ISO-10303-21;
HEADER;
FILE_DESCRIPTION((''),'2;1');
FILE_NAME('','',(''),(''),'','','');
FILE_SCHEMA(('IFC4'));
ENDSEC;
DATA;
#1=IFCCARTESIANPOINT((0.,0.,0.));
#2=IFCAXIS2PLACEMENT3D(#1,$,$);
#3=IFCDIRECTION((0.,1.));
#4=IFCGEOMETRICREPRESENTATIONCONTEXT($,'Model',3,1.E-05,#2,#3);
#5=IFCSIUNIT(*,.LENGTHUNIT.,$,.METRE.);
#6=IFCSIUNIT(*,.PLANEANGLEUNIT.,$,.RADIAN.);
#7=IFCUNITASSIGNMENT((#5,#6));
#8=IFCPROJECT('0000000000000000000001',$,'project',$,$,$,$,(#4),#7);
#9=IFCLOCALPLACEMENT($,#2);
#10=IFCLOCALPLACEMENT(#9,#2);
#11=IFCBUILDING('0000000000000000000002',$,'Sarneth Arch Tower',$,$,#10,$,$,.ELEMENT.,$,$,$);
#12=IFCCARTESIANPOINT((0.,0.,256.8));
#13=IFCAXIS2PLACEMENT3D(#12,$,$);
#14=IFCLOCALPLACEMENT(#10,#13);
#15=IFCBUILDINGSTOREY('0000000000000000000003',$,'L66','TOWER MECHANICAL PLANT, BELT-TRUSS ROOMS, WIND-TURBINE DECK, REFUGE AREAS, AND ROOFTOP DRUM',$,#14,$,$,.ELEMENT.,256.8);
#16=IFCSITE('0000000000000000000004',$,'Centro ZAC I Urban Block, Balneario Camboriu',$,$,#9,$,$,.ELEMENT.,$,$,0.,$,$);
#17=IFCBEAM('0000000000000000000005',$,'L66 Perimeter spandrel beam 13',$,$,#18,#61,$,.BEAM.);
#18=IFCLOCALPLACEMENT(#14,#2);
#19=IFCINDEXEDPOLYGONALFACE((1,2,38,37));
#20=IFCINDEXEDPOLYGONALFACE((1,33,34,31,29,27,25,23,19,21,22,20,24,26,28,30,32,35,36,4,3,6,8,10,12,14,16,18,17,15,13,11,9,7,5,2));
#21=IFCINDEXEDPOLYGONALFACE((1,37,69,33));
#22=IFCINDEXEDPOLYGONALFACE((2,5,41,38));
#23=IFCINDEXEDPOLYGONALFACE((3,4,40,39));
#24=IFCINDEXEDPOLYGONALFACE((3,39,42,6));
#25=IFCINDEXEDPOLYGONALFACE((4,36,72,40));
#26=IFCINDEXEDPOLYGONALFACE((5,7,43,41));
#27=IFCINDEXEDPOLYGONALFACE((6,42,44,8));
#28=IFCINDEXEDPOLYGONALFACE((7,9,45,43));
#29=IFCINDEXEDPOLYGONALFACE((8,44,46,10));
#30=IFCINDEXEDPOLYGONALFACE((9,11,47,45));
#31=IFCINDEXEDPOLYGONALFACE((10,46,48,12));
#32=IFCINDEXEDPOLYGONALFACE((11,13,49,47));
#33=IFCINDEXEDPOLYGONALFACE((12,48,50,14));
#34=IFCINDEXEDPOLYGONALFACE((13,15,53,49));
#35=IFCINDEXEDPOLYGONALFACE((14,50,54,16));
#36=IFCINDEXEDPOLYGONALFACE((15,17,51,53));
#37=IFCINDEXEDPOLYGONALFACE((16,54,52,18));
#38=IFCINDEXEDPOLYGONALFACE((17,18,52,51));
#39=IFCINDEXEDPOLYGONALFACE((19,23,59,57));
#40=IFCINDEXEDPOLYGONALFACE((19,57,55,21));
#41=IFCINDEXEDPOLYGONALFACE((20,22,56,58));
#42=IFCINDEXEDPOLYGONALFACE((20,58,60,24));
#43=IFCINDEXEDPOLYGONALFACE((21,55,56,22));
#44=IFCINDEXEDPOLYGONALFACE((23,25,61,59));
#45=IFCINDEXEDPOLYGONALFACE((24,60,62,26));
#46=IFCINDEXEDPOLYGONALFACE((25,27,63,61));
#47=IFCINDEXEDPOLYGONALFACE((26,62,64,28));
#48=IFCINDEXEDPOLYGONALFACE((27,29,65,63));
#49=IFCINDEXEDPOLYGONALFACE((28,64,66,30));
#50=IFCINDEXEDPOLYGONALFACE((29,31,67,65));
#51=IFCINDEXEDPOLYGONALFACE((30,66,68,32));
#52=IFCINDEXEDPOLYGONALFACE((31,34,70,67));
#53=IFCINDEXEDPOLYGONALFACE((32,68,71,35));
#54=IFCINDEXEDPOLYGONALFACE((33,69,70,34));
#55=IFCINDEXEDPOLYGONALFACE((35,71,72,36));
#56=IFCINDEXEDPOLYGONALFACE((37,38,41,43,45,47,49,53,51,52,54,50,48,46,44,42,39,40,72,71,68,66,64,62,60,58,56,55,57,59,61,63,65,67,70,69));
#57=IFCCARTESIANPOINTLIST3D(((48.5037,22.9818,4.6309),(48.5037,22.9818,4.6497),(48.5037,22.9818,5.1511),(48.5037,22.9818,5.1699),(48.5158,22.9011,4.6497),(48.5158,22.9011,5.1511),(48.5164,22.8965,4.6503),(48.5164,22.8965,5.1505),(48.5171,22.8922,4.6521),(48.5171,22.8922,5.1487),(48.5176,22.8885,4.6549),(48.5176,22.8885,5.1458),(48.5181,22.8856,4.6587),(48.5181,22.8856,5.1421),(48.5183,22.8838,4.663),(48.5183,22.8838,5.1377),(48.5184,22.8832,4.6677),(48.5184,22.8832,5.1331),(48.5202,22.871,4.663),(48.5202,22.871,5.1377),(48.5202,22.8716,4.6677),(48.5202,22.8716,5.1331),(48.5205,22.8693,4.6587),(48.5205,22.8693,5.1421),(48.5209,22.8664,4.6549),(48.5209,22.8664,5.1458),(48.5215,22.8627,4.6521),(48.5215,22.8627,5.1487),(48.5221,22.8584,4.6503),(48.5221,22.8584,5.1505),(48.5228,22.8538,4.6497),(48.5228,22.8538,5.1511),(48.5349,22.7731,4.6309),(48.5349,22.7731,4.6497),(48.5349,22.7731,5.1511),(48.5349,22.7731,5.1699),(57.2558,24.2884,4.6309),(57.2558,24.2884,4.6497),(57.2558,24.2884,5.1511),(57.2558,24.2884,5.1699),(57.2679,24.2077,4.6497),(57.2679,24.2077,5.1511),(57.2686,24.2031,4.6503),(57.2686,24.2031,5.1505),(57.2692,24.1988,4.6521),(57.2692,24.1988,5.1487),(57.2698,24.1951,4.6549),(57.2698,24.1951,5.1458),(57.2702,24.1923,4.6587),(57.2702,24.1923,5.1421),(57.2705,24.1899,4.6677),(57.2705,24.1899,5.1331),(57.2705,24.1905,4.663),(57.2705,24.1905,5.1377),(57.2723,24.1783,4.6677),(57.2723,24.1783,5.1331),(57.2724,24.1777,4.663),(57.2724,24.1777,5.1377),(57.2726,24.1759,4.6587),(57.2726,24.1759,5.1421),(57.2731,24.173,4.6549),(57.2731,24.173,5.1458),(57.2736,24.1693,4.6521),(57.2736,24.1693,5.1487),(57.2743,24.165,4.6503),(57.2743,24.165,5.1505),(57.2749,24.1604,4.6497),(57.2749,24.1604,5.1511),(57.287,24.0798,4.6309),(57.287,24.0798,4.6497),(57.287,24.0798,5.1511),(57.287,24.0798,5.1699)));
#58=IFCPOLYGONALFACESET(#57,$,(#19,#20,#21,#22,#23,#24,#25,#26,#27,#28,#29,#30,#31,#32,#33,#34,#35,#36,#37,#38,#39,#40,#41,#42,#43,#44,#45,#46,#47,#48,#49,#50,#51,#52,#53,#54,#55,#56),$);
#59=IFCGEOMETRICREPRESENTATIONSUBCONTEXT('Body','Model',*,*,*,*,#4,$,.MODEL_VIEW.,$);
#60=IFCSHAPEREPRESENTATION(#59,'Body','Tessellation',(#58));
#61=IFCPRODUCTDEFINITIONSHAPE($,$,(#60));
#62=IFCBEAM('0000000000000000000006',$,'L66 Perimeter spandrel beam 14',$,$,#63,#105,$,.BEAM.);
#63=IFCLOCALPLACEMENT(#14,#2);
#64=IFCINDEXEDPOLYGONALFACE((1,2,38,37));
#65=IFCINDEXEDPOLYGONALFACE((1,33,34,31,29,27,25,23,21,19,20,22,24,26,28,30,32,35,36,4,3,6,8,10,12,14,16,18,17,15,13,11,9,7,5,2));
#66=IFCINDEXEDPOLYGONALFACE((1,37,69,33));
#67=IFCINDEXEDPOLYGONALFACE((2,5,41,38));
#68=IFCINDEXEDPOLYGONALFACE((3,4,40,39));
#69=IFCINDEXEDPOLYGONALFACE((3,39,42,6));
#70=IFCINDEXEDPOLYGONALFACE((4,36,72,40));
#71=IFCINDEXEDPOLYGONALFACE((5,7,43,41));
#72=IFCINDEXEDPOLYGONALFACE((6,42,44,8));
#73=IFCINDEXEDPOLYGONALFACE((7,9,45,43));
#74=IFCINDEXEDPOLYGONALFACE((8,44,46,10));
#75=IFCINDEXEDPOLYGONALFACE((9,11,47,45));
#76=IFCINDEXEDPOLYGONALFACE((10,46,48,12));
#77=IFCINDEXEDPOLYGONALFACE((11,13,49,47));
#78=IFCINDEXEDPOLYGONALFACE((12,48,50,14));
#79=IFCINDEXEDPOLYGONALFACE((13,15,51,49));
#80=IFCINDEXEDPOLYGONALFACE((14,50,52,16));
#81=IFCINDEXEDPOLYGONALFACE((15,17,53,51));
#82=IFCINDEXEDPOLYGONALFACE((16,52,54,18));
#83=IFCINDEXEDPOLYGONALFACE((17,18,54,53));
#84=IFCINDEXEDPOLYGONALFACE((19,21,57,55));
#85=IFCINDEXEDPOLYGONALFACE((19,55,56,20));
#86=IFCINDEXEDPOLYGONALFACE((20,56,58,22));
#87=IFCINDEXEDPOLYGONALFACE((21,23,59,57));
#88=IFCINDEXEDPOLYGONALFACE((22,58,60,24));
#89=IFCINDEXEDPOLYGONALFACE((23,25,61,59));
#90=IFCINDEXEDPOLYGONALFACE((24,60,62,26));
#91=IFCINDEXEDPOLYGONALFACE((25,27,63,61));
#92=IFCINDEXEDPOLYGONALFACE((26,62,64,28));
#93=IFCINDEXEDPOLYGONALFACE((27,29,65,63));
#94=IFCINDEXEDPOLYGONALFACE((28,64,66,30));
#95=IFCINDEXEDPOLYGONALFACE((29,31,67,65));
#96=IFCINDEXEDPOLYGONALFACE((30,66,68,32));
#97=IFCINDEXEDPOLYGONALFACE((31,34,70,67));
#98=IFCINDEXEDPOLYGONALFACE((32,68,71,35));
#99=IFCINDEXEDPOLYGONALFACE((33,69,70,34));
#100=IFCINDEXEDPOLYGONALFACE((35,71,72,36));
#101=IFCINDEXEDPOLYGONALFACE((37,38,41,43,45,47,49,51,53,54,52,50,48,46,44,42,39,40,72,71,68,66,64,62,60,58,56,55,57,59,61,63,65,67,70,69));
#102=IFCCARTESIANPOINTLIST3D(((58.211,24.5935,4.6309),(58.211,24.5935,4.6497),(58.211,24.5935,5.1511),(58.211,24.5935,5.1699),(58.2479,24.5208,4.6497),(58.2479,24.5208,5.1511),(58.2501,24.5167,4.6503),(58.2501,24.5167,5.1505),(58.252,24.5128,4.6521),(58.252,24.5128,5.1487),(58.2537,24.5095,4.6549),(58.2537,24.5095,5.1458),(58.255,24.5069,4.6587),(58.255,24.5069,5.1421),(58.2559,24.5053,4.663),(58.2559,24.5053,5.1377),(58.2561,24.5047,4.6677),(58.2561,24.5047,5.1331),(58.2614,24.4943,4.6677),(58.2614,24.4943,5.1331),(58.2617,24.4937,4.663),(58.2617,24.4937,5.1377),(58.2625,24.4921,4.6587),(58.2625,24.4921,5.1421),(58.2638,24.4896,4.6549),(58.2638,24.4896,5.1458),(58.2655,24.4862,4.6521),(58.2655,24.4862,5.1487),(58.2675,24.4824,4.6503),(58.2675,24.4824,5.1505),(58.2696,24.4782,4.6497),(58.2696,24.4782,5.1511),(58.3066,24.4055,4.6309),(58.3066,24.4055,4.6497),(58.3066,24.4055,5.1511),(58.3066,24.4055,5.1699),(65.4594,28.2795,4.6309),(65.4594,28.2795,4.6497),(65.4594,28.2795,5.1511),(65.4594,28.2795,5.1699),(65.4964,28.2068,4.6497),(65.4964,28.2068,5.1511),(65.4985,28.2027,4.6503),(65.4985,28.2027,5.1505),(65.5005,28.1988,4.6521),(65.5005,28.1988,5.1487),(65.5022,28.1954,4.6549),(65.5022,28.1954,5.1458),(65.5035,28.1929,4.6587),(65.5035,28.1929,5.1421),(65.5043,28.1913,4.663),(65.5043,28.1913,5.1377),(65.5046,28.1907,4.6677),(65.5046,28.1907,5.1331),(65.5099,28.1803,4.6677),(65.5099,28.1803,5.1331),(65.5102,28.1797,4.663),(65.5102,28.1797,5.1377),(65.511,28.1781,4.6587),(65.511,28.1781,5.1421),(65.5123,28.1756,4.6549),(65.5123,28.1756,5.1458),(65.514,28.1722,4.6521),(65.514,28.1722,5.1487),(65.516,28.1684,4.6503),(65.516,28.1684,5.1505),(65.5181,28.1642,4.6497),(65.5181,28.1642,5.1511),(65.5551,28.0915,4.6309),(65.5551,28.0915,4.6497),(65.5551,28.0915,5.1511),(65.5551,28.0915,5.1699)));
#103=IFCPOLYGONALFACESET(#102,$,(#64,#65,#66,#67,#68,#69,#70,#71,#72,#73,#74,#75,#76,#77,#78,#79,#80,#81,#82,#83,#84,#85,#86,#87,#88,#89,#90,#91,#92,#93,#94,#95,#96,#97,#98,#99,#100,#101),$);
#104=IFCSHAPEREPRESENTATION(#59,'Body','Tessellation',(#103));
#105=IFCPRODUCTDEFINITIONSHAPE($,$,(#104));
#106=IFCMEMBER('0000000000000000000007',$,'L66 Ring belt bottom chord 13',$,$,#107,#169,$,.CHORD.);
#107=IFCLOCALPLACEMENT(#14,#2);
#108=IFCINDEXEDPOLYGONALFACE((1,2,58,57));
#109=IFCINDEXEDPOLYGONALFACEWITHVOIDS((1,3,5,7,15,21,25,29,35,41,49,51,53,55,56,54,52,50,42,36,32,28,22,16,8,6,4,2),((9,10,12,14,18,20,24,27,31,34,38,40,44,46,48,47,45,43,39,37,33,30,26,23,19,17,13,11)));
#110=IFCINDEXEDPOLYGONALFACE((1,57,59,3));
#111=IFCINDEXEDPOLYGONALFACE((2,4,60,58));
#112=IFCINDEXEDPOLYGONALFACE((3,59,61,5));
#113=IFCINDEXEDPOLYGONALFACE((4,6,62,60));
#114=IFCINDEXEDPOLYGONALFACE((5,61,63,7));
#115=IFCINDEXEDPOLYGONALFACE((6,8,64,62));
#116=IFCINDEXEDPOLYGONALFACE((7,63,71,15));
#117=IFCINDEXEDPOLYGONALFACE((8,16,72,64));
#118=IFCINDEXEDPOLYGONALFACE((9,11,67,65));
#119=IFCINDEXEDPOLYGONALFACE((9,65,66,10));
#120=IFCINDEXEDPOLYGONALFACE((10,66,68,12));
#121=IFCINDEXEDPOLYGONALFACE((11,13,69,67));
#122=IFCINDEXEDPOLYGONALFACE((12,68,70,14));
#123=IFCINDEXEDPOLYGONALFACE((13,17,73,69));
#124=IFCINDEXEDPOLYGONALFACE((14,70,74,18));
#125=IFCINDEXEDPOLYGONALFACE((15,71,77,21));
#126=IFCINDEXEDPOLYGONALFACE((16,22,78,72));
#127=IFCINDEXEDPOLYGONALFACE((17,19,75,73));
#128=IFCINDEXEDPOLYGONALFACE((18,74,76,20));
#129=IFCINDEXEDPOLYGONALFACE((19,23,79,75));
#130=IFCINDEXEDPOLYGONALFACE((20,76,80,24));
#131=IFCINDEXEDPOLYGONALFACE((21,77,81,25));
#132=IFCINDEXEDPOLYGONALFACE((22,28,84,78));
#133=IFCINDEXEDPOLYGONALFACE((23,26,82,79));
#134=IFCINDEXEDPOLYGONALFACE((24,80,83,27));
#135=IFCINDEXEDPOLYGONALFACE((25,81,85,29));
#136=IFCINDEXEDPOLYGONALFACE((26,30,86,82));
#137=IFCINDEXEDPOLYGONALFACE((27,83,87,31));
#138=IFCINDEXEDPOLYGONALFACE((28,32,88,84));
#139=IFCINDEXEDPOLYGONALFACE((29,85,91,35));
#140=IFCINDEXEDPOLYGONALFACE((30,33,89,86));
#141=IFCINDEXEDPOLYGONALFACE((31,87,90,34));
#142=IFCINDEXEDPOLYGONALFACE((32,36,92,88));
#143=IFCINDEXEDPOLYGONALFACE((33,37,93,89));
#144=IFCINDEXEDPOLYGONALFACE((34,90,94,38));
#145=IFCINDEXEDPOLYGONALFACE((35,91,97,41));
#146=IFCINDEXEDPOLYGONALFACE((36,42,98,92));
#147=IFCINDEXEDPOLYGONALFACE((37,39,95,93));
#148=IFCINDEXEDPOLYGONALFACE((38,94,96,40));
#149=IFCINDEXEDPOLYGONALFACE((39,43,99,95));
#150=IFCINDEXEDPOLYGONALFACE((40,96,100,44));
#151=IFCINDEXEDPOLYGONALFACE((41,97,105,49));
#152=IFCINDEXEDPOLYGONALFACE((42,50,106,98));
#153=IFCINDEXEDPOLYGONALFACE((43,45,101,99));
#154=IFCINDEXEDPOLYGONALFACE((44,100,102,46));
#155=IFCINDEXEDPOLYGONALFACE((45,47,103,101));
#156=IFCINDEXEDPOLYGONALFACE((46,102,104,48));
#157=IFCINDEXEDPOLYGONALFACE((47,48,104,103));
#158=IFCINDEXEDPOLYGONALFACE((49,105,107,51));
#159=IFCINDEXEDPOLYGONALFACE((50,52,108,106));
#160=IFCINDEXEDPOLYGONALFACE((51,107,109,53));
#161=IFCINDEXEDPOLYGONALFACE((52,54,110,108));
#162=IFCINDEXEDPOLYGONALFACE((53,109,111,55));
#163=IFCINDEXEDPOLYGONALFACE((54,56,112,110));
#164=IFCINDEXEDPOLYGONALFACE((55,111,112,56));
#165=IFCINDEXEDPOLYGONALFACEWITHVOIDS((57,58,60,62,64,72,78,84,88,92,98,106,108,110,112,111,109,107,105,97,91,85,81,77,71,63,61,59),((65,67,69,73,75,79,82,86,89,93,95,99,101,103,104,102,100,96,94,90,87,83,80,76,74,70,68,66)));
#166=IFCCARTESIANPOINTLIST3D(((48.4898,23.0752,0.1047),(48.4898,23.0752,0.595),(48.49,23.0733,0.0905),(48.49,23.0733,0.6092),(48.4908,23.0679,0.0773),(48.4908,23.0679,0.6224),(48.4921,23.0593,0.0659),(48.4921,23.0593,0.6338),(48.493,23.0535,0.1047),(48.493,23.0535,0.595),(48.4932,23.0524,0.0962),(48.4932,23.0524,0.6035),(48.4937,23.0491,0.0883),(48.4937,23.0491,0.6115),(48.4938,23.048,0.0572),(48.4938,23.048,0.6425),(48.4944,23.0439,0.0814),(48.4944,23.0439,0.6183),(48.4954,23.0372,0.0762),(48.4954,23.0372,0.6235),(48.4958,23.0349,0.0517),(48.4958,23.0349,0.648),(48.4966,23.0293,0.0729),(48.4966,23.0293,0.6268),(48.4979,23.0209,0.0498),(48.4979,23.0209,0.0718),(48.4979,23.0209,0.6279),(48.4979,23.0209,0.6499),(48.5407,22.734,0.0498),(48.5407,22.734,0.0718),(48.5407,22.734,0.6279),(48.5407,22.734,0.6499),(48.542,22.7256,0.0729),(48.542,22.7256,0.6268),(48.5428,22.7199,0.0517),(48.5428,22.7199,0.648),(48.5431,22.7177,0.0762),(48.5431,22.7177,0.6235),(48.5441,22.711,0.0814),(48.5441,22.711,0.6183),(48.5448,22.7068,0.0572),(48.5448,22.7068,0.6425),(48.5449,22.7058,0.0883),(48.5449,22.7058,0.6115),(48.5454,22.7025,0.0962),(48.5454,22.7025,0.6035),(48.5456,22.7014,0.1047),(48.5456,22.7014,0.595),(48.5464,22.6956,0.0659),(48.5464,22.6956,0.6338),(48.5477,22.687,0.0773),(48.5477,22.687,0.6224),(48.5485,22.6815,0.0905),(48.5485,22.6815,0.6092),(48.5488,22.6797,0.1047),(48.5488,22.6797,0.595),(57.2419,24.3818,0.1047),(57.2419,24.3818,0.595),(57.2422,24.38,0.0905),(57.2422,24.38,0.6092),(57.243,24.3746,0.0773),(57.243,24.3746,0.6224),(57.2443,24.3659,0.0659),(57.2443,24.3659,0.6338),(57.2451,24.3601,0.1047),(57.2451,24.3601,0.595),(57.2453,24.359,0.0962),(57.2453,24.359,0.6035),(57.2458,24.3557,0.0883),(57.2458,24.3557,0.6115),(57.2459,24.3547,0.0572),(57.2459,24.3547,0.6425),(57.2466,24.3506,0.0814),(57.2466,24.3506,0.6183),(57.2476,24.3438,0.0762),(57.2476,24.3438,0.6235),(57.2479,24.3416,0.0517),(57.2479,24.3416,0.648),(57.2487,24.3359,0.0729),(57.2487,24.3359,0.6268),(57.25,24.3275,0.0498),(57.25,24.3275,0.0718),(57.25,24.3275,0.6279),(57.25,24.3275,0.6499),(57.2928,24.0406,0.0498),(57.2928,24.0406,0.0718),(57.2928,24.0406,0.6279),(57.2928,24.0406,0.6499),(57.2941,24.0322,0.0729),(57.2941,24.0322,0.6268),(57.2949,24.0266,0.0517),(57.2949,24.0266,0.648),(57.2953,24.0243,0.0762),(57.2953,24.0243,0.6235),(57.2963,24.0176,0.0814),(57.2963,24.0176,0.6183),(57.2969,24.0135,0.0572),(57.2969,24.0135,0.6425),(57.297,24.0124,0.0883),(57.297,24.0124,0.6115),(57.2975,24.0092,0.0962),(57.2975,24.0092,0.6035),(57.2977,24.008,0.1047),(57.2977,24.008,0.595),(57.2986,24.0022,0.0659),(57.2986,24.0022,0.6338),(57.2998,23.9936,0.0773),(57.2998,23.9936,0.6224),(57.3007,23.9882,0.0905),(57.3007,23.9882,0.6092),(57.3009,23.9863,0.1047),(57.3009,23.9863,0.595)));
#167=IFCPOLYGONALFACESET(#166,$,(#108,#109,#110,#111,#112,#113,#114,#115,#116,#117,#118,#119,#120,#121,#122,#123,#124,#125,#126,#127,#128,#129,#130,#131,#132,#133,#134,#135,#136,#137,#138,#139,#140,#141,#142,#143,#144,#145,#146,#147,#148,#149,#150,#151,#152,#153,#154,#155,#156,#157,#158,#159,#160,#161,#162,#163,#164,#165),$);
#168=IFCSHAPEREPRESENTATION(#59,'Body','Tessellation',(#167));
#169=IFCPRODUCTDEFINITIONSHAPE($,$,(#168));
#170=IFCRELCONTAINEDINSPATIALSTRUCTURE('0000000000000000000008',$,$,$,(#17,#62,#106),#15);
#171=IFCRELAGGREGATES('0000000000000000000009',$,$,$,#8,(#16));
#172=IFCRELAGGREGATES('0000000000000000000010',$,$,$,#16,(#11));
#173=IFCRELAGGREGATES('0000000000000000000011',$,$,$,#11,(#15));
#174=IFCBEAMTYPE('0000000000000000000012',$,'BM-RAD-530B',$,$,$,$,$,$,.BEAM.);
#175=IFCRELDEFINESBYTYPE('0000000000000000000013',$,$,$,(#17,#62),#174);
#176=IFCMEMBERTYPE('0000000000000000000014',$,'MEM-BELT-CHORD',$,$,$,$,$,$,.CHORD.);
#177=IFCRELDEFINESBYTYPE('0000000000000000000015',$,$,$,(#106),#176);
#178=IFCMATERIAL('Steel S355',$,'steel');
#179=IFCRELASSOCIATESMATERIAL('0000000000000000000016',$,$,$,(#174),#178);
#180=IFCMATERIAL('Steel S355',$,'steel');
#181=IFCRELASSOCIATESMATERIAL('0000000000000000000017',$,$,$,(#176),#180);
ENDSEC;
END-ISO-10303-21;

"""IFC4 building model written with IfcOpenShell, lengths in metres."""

from ifc_helpers import new_model, si_unit, direction, frame, origin, origin_2d, place, context, subcontext, project, spatial, hollow_rectangle, i_section, extrude, material, material_profile, profile_set, type_object, element, save


model = new_model("IFC4")

# Units and contexts
model_context = context("Model", 3, precision=1e-05, world=origin(), true_north=direction((0.0, 1.0)))
body_context = subcontext(model_context, "Body", "Model", "MODEL_VIEW")
ifc_project = project(units=[si_unit("LENGTHUNIT", "METRE"), si_unit("PLANEANGLEUNIT", "RADIAN")], contexts=[model_context])

# Site, building, storey
site_placement = place(None, origin())
site = spatial("IfcSite", under=ifc_project, at=site_placement, Name="Centro ZAC I Urban Block, Balneario Camboriu", CompositionType="ELEMENT", RefElevation=0.0)
building_placement = place(site_placement, origin())
building = spatial("IfcBuilding", under=site, at=building_placement, Name="Sarneth Arch Tower", CompositionType="ELEMENT")
storey_placement = place(building_placement, frame((0.0, 0.0, 256.8)))
storey = spatial("IfcBuildingStorey", under=building, at=storey_placement, Name="L66", Description="TOWER MECHANICAL PLANT, BELT-TRUSS ROOMS, WIND-TURBINE DECK, REFUGE AREAS, AND ROOFTOP DRUM", CompositionType="ELEMENT", Elevation=256.8)

# Beams
ifc_material_1 = material(Name="Steel S355", Category="steel")
ifc_material_profile_1 = material_profile(ifc_material_1, i_section(OverallWidth=0.2109, OverallDepth=0.5391, WebThickness=0.0117, FlangeThickness=0.0188, FilletRadius=0.0181, at=origin_2d()), Name="W530x109")
ifc_profile_set_1 = profile_set([ifc_material_profile_1], Name="Steel S355")
beam_type = type_object("IfcBeamType", Name="BM-RAD-530B", PredefinedType="BEAM", material=ifc_profile_set_1)
beam_1_placement = place(storey_placement, frame((48.5193, 22.8774, 4.9004), z_axis=(0.989039, 0.147656, 0.0), x_axis=(-0.147656, 0.989039, 0.0)))
element("IfcBeam", 1, at=beam_1_placement, inside=storey, type_object=beam_type, Name="L66 Perimeter spandrel beam 13", PredefinedType="BEAM", context=body_context, shape_type="SweptSolid", body=[
    extrude(i_section(OverallWidth=0.2109, OverallDepth=0.5391, WebThickness=0.0117, FlangeThickness=0.0188, FilletRadius=0.0181, at=origin_2d()), origin(), (0.0, 0.0, 1.0), 8.8491),
])
beam_2_placement = place(storey_placement, frame((58.2588, 24.4995, 4.9004), z_axis=(0.891368, 0.45328, 0.0), x_axis=(-0.45328, 0.891368, 0.0)))
element("IfcBeam", 2, at=beam_2_placement, inside=storey, type_object=beam_type, Name="L66 Perimeter spandrel beam 14", PredefinedType="BEAM", context=body_context, shape_type="SweptSolid", body=[
    extrude(i_section(OverallWidth=0.2109, OverallDepth=0.5391, WebThickness=0.0117, FlangeThickness=0.0188, FilletRadius=0.0181, at=origin_2d()), origin(), (0.0, 0.0, 1.0), 8.1318),
])

# Member
ifc_material_2 = material(Name="Steel S355", Category="steel")
ifc_material_profile_2 = material_profile(ifc_material_2, hollow_rectangle(XDim=0.3999, YDim=0.6001, WallThickness=0.022, InnerFilletRadius=0.033, OuterFilletRadius=0.0549, at=origin_2d()), Name="RHS600x400x22")
ifc_profile_set_2 = profile_set([ifc_material_profile_2], Name="Steel S355")
member_type_1 = type_object("IfcMemberType", Name="MEM-BELT-CHORD", PredefinedType="CHORD", material=ifc_profile_set_2)
member_1_placement = place(storey_placement, frame((48.5193, 22.8774, 0.3499), z_axis=(0.989039, 0.147656, 0.0), x_axis=(-0.147656, 0.989039, 0.0)))
element("IfcMember", 3, at=member_1_placement, inside=storey, type_object=member_type_1, Name="L66 Ring belt bottom chord 13", PredefinedType="CHORD", context=body_context, shape_type="SweptSolid", body=[
    extrude(hollow_rectangle(XDim=0.3999, YDim=0.6001, WallThickness=0.022, InnerFilletRadius=0.033, OuterFilletRadius=0.0549, at=origin_2d()), origin(), (0.0, 0.0, 1.0), 8.8491),
])

save(model, "model.ifc")
